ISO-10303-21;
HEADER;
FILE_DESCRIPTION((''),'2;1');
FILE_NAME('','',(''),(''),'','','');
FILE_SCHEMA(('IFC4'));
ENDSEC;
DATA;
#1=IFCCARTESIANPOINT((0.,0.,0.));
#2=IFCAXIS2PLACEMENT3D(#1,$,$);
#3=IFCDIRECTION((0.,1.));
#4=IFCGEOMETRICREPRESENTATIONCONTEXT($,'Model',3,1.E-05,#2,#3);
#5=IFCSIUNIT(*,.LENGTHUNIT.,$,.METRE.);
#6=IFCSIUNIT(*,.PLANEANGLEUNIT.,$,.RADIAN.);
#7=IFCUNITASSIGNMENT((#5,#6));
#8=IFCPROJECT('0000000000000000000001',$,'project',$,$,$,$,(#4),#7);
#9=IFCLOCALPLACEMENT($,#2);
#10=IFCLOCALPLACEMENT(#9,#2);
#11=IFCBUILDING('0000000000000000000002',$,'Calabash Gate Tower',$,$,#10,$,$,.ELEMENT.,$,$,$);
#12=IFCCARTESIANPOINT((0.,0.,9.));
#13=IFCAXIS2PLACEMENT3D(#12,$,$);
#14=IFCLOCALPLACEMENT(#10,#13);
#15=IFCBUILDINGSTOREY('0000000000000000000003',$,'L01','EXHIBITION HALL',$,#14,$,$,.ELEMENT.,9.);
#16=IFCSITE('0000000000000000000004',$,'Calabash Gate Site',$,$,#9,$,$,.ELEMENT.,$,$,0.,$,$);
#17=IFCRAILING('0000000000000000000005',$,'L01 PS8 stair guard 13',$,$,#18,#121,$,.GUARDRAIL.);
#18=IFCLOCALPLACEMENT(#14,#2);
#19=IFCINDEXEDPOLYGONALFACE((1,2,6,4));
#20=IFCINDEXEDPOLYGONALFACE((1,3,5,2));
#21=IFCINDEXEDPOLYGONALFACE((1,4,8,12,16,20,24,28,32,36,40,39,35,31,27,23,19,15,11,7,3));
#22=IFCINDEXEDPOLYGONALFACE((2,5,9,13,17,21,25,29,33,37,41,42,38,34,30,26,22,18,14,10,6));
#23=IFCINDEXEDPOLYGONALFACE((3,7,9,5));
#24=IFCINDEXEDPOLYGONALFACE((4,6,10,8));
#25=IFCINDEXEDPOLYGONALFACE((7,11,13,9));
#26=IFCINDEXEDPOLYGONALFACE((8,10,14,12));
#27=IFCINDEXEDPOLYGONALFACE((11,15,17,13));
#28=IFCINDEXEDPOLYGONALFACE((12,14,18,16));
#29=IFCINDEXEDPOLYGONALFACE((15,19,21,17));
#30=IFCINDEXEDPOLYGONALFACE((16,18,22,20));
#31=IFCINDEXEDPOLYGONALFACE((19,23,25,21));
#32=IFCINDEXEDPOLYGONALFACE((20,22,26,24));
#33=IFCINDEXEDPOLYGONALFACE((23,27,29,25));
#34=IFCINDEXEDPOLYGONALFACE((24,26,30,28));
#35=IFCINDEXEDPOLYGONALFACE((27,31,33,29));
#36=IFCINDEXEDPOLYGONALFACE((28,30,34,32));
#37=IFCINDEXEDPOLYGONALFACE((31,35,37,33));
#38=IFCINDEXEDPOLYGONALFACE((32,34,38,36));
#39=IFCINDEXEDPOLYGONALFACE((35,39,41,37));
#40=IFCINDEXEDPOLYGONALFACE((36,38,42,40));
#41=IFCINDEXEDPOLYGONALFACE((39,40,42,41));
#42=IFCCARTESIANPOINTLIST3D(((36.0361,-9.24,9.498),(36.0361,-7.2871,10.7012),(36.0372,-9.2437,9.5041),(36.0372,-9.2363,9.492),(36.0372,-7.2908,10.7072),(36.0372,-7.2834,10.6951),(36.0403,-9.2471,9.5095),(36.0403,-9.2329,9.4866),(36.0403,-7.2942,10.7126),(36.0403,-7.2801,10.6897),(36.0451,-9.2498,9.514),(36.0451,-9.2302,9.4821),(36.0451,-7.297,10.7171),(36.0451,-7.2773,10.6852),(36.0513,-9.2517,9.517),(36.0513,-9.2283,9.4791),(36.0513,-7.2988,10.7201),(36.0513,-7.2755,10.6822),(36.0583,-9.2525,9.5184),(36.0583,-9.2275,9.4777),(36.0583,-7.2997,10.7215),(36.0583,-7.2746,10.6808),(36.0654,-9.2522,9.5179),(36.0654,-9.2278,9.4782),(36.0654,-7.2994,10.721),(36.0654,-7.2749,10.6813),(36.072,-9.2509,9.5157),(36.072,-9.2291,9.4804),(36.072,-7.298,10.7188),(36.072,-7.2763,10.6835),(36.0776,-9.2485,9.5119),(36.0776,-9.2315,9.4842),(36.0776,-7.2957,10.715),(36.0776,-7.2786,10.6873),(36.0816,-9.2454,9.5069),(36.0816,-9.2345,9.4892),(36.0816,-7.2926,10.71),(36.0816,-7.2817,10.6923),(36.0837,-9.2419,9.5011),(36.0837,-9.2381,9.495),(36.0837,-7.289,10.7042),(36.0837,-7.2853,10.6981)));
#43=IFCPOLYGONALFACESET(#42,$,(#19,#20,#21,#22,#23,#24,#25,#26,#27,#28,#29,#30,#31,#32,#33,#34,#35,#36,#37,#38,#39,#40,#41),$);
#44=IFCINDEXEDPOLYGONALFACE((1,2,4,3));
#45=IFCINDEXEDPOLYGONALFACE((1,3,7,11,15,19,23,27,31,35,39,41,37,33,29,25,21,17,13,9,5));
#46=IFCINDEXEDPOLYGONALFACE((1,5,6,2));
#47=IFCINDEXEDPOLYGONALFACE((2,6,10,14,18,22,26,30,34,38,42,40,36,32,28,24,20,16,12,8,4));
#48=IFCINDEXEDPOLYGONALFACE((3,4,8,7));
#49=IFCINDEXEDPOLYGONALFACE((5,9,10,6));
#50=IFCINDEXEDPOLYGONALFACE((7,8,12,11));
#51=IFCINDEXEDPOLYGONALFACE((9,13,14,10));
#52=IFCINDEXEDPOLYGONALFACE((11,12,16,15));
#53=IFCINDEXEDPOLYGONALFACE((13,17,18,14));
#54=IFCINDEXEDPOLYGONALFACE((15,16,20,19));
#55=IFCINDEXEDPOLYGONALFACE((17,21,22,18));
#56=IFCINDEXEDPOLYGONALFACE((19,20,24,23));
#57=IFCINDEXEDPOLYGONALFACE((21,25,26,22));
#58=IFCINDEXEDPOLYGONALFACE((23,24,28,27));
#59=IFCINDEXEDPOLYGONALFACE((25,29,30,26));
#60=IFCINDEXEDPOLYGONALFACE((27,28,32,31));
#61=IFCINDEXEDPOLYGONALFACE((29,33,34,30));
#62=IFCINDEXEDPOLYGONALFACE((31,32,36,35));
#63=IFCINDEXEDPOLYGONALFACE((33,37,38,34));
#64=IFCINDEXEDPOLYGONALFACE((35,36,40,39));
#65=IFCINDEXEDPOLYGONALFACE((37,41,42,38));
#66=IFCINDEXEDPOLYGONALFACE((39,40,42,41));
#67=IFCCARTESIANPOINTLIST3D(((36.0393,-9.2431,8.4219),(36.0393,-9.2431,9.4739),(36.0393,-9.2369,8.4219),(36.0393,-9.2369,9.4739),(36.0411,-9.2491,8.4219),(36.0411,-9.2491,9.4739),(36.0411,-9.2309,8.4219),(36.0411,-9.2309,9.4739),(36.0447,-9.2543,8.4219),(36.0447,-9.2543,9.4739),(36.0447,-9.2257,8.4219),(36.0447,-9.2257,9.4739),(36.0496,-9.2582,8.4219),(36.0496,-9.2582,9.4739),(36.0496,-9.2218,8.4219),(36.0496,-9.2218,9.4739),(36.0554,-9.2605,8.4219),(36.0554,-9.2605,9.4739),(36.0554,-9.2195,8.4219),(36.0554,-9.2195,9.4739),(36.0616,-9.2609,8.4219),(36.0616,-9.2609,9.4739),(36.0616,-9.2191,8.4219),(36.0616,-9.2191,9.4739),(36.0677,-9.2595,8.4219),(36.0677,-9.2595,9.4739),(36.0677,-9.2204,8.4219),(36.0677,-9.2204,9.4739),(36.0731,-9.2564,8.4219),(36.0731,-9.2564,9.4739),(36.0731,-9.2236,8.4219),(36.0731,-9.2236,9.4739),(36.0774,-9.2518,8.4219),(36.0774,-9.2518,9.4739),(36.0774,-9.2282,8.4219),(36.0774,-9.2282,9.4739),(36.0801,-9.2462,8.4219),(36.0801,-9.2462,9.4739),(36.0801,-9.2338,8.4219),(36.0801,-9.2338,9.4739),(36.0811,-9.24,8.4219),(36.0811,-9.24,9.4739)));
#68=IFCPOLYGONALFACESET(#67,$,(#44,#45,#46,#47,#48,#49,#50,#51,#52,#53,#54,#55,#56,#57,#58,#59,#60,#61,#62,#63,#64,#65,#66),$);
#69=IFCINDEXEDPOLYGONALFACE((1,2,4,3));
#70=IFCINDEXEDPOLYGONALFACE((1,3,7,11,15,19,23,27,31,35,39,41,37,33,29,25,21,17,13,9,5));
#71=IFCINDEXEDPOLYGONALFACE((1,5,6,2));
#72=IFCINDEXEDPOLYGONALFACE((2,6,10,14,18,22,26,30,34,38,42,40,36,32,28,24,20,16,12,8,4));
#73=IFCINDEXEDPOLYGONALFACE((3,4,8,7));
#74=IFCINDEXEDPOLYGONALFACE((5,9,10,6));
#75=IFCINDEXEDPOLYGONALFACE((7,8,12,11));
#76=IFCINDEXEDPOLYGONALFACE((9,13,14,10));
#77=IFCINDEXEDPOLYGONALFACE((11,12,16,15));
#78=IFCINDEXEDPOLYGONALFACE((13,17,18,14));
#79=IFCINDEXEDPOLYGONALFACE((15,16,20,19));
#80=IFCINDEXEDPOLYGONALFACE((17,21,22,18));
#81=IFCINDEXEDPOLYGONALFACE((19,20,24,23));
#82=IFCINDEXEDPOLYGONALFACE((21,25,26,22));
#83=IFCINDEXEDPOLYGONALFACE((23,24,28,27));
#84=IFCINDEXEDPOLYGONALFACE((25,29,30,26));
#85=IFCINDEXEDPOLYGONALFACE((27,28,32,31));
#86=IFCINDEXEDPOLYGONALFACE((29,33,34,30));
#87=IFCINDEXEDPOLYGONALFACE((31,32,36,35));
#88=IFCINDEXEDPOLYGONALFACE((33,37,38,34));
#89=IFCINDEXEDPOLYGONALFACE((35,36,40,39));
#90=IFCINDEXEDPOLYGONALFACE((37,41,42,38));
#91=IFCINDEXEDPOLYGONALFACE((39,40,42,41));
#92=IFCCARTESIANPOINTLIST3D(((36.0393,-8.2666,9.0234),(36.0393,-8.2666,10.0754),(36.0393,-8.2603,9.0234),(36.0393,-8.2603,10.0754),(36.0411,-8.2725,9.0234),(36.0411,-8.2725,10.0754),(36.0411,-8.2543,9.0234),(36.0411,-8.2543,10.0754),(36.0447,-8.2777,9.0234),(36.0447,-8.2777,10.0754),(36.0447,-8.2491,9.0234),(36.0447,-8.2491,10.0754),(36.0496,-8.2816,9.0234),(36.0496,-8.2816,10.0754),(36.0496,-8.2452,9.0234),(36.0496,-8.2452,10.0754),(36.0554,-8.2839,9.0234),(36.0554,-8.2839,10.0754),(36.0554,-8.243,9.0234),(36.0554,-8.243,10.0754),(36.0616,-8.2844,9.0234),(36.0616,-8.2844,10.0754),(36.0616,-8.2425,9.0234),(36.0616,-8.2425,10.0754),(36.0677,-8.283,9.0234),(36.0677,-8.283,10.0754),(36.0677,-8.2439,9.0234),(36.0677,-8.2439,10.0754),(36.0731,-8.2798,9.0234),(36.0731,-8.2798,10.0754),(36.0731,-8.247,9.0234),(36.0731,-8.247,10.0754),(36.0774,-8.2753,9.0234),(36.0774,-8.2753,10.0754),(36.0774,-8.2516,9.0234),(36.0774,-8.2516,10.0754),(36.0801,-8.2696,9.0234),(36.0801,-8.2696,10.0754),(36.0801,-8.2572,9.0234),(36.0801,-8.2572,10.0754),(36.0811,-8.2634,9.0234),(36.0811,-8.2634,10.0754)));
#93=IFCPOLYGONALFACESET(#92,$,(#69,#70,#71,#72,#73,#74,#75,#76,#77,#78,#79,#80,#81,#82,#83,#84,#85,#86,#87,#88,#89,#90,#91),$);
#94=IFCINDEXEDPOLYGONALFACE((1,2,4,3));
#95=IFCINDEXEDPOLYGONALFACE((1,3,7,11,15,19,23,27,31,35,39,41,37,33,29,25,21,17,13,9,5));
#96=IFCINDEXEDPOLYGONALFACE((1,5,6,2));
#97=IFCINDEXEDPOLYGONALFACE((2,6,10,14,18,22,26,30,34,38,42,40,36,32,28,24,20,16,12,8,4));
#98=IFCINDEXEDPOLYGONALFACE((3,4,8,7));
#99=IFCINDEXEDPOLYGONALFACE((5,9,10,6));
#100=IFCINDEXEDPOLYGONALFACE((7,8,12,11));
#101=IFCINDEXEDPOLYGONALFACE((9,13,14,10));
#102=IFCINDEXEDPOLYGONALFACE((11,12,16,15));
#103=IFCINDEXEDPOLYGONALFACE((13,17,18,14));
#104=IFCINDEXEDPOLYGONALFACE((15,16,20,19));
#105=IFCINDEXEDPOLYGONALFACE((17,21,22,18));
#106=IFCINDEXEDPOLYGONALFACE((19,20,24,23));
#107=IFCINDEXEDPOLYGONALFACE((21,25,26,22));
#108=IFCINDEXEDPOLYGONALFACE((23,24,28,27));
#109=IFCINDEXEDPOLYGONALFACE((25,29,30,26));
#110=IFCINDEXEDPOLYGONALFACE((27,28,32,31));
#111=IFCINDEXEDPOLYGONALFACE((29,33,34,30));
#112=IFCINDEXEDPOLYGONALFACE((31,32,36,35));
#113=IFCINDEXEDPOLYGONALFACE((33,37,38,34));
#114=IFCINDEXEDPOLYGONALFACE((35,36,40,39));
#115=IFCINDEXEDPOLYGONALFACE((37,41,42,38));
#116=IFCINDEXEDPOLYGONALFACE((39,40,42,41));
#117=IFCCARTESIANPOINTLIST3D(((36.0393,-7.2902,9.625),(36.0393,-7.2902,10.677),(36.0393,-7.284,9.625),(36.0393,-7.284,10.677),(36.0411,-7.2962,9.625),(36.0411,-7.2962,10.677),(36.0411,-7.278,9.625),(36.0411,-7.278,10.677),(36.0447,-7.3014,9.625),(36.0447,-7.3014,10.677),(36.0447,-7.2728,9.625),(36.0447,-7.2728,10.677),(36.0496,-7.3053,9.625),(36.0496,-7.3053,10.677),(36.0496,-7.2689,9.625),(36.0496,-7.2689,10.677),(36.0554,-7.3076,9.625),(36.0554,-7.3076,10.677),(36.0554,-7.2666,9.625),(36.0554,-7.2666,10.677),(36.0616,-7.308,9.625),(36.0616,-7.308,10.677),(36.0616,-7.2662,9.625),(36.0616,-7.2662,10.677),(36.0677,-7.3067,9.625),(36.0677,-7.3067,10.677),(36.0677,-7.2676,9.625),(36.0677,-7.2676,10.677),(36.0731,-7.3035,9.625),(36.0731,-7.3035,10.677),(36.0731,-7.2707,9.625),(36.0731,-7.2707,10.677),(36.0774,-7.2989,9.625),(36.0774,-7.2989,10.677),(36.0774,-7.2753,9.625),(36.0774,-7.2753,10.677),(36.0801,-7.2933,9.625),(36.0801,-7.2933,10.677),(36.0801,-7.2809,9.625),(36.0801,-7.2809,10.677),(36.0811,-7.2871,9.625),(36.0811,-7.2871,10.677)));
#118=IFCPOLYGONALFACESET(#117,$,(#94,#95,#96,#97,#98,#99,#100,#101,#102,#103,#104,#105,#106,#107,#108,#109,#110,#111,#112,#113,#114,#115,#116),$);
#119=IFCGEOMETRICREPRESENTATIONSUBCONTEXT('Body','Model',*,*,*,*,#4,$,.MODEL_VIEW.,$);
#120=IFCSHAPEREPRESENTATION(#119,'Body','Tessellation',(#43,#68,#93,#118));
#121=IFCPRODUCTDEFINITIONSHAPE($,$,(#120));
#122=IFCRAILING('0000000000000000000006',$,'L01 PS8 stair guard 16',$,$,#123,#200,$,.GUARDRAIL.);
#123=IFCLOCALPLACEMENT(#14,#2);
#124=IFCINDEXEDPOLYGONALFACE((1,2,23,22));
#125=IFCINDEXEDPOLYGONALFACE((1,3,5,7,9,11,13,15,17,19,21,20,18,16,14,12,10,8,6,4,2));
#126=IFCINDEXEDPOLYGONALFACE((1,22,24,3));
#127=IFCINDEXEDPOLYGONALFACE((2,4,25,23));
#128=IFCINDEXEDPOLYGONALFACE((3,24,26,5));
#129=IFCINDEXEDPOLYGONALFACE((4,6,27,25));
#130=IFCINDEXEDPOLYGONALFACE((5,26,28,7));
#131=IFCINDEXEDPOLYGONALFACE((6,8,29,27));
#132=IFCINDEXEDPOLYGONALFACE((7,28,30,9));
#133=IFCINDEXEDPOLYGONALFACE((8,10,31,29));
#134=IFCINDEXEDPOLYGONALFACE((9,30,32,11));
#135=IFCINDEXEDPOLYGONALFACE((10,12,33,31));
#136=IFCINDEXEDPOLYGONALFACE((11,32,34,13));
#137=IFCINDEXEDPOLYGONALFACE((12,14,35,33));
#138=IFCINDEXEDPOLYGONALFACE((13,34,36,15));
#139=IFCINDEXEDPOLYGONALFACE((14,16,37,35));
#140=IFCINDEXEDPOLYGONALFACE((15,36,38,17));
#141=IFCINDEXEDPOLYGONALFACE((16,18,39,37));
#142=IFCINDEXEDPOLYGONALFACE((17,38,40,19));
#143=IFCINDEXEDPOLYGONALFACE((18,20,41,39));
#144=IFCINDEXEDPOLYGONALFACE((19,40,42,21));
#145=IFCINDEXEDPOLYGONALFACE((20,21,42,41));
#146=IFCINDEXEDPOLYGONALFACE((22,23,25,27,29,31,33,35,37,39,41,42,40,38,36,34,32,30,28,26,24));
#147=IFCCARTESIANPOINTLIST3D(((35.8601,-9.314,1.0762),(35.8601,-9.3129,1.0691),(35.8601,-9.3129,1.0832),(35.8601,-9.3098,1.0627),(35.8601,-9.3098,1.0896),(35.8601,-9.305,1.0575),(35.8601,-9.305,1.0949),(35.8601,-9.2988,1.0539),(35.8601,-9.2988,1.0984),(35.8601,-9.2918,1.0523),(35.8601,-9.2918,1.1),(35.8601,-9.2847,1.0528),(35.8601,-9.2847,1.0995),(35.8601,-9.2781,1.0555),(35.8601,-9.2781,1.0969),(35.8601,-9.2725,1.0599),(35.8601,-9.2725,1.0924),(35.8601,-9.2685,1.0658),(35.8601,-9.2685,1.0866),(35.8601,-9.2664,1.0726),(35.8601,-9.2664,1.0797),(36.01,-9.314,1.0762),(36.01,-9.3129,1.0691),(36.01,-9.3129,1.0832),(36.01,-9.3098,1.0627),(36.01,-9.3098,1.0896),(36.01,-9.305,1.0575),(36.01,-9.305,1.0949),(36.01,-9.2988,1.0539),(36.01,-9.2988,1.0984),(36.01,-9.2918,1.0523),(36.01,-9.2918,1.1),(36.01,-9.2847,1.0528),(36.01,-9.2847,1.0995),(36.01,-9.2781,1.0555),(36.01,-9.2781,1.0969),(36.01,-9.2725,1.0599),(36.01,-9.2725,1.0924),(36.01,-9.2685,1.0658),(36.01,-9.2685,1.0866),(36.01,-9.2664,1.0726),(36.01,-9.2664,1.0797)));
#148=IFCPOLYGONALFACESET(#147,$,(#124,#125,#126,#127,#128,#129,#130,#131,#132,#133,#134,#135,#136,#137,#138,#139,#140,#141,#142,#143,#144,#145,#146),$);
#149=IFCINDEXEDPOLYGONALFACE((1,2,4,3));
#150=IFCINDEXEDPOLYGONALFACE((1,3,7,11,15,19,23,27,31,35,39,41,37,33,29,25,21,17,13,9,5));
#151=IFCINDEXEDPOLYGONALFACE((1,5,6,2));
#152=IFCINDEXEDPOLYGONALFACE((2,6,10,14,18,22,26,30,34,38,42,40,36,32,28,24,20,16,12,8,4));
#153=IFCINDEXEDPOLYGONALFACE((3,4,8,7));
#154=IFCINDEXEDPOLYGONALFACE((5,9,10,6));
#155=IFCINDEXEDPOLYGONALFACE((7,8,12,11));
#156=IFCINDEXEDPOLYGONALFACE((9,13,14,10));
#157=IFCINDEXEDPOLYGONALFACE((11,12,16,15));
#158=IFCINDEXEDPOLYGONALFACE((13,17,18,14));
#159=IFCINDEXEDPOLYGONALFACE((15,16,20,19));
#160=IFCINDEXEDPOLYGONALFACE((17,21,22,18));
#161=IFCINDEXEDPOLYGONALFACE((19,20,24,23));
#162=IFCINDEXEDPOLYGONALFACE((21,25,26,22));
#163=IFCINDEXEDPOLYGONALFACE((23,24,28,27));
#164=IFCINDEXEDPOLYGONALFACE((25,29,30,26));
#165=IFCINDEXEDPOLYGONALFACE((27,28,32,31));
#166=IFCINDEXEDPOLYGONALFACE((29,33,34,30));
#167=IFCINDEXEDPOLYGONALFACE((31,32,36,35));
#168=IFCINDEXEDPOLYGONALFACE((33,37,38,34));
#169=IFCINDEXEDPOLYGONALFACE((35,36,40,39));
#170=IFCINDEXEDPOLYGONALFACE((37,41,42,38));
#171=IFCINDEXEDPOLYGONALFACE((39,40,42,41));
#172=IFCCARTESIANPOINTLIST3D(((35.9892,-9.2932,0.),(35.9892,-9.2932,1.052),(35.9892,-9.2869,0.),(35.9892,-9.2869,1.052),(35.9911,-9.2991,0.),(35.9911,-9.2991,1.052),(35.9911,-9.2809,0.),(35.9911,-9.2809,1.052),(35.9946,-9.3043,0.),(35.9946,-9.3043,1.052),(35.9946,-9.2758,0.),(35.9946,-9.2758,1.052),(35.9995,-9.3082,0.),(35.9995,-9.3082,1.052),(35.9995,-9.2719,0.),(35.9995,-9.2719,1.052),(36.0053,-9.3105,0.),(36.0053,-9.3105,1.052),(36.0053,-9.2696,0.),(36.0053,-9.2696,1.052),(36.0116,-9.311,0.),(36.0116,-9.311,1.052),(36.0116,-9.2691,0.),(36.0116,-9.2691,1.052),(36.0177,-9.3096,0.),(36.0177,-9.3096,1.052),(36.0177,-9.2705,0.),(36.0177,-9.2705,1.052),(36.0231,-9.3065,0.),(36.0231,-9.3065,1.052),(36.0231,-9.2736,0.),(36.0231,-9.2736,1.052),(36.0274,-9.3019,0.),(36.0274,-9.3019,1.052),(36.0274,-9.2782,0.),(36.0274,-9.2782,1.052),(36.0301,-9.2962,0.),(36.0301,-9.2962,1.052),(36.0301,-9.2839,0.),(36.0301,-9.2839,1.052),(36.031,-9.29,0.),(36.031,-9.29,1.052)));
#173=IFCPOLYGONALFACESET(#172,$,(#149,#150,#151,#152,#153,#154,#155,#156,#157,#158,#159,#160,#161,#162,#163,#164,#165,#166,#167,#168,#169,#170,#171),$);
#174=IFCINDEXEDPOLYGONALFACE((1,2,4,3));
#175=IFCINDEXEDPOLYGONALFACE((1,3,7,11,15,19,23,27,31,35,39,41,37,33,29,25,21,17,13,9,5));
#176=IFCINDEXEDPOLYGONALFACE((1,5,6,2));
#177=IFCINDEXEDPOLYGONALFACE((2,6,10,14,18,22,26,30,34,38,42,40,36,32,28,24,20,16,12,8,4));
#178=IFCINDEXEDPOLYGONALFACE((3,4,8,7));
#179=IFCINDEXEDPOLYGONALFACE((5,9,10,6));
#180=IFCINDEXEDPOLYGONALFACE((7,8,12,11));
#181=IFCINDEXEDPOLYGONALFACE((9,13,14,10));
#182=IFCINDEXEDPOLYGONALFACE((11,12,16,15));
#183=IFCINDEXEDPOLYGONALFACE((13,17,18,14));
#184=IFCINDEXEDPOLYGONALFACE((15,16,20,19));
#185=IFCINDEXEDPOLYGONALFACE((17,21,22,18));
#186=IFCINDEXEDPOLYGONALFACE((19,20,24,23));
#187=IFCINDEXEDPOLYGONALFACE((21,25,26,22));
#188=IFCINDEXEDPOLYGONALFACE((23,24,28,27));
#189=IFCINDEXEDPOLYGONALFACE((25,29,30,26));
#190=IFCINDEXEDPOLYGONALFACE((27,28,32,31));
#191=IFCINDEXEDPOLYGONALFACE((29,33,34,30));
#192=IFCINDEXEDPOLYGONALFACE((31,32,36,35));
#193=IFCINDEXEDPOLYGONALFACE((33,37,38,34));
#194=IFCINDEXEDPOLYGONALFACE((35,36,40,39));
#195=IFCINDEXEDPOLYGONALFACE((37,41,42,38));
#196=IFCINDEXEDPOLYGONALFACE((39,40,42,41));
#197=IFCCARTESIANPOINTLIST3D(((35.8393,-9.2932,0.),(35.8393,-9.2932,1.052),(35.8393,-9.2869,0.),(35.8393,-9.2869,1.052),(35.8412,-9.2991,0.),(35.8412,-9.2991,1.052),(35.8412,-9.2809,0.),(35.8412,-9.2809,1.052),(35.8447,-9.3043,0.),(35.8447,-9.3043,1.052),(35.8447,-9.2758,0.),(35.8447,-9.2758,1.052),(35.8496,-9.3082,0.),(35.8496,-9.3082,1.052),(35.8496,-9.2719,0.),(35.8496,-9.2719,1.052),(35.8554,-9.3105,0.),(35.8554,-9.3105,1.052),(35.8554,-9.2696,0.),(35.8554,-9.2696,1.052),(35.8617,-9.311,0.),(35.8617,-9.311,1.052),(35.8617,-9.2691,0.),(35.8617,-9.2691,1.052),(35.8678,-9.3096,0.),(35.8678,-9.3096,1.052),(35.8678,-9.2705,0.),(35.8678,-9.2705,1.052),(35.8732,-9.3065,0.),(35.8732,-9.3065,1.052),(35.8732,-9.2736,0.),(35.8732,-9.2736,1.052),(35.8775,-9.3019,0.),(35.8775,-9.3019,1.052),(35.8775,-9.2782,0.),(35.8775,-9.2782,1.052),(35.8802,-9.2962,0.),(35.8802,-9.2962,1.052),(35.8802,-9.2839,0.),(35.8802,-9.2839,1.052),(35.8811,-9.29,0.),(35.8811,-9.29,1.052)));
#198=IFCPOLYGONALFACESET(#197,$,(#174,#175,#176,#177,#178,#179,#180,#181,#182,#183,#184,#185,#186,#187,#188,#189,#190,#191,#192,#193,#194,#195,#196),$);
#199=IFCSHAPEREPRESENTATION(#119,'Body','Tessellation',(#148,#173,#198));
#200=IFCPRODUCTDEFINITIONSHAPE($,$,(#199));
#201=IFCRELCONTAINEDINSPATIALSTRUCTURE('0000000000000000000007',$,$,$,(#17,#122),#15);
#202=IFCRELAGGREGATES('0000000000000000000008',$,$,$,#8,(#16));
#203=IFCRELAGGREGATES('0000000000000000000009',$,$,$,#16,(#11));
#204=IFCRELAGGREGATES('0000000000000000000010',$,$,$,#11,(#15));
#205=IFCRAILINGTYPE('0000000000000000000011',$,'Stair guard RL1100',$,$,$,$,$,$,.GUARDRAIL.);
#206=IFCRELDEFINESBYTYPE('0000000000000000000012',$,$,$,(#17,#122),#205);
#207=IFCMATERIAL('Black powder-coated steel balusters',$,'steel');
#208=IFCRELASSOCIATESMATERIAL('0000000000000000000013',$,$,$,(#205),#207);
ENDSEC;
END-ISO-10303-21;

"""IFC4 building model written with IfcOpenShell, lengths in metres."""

from ifc_helpers import new_model, si_unit, direction, frame, origin, origin_2d, place, context, subcontext, project, spatial, circle, extrude, material, type_object, element, save


model = new_model("IFC4")

# Units and contexts
model_context = context("Model", 3, precision=1e-05, world=origin(), true_north=direction((0.0, 1.0)))
body_context = subcontext(model_context, "Body", "Model", "MODEL_VIEW")
ifc_project = project(units=[si_unit("LENGTHUNIT", "METRE"), si_unit("PLANEANGLEUNIT", "RADIAN")], contexts=[model_context])

# Site, building, storey
site_placement = place(None, origin())
site = spatial("IfcSite", under=ifc_project, at=site_placement, Name="Calabash Gate Site", CompositionType="ELEMENT", RefElevation=0.0)
building_placement = place(site_placement, origin())
building = spatial("IfcBuilding", under=site, at=building_placement, Name="Calabash Gate Tower", CompositionType="ELEMENT")
storey_placement = place(building_placement, frame((0.0, 0.0, 9.0)))
storey = spatial("IfcBuildingStorey", under=building, at=storey_placement, Name="L01", Description="EXHIBITION HALL", CompositionType="ELEMENT", Elevation=9.0)

# Railings
ifc_material_1 = material(Name="Black powder-coated steel balusters", Category="steel")
railing_type_1 = type_object("IfcRailingType", Name="Stair guard RL1100", PredefinedType="GUARDRAIL", material=ifc_material_1)
railing_1_placement = place(storey_placement, frame((36.0601, -9.24, 8.4219)))
element("IfcRailing", 1, at=railing_1_placement, inside=storey, type_object=railing_type_1, Name="L01 PS8 stair guard 13", PredefinedType="GUARDRAIL", context=body_context, shape_type="SweptSolid", body=[
    extrude(circle(Radius=0.0239, at=origin_2d()), frame((0.0, 0.0, 1.0762), z_axis=(0.0, 0.851395, 0.524525), x_axis=(-1.0, 0.0, 0.0)), (0.0, 0.0, 1.0), 2.2937),
    extrude(circle(Radius=0.021, at=origin_2d()), origin(), (0.0, 0.0, 1.0), 1.052),
    extrude(circle(Radius=0.021, at=origin_2d()), frame((0.0, 0.9766, 0.6016)), (0.0, 0.0, 1.0), 1.052),
    extrude(circle(Radius=0.021, at=origin_2d()), frame((0.0, 1.9529, 1.2031)), (0.0, 0.0, 1.0), 1.052),
])
railing_2_placement = place(storey_placement, frame((36.01, -9.29, 0.0)))
element("IfcRailing", 2, at=railing_2_placement, inside=storey, type_object=railing_type_1, Name="L01 PS8 stair guard 16", PredefinedType="GUARDRAIL", context=body_context, shape_type="SweptSolid", body=[
    extrude(circle(Radius=0.0239, at=origin_2d()), frame((0.0, 0.0, 1.0762), z_axis=(-1.0, 0.0, 0.0), x_axis=(0.0, -1.0, 0.0)), (0.0, 0.0, 1.0), 0.1499),
    extrude(circle(Radius=0.021, at=origin_2d()), origin(), (0.0, 0.0, 1.0), 1.052),
    extrude(circle(Radius=0.021, at=origin_2d()), frame((-0.1499, 0.0, 0.0)), (0.0, 0.0, 1.0), 1.052),
])

save(model, "model.ifc")
